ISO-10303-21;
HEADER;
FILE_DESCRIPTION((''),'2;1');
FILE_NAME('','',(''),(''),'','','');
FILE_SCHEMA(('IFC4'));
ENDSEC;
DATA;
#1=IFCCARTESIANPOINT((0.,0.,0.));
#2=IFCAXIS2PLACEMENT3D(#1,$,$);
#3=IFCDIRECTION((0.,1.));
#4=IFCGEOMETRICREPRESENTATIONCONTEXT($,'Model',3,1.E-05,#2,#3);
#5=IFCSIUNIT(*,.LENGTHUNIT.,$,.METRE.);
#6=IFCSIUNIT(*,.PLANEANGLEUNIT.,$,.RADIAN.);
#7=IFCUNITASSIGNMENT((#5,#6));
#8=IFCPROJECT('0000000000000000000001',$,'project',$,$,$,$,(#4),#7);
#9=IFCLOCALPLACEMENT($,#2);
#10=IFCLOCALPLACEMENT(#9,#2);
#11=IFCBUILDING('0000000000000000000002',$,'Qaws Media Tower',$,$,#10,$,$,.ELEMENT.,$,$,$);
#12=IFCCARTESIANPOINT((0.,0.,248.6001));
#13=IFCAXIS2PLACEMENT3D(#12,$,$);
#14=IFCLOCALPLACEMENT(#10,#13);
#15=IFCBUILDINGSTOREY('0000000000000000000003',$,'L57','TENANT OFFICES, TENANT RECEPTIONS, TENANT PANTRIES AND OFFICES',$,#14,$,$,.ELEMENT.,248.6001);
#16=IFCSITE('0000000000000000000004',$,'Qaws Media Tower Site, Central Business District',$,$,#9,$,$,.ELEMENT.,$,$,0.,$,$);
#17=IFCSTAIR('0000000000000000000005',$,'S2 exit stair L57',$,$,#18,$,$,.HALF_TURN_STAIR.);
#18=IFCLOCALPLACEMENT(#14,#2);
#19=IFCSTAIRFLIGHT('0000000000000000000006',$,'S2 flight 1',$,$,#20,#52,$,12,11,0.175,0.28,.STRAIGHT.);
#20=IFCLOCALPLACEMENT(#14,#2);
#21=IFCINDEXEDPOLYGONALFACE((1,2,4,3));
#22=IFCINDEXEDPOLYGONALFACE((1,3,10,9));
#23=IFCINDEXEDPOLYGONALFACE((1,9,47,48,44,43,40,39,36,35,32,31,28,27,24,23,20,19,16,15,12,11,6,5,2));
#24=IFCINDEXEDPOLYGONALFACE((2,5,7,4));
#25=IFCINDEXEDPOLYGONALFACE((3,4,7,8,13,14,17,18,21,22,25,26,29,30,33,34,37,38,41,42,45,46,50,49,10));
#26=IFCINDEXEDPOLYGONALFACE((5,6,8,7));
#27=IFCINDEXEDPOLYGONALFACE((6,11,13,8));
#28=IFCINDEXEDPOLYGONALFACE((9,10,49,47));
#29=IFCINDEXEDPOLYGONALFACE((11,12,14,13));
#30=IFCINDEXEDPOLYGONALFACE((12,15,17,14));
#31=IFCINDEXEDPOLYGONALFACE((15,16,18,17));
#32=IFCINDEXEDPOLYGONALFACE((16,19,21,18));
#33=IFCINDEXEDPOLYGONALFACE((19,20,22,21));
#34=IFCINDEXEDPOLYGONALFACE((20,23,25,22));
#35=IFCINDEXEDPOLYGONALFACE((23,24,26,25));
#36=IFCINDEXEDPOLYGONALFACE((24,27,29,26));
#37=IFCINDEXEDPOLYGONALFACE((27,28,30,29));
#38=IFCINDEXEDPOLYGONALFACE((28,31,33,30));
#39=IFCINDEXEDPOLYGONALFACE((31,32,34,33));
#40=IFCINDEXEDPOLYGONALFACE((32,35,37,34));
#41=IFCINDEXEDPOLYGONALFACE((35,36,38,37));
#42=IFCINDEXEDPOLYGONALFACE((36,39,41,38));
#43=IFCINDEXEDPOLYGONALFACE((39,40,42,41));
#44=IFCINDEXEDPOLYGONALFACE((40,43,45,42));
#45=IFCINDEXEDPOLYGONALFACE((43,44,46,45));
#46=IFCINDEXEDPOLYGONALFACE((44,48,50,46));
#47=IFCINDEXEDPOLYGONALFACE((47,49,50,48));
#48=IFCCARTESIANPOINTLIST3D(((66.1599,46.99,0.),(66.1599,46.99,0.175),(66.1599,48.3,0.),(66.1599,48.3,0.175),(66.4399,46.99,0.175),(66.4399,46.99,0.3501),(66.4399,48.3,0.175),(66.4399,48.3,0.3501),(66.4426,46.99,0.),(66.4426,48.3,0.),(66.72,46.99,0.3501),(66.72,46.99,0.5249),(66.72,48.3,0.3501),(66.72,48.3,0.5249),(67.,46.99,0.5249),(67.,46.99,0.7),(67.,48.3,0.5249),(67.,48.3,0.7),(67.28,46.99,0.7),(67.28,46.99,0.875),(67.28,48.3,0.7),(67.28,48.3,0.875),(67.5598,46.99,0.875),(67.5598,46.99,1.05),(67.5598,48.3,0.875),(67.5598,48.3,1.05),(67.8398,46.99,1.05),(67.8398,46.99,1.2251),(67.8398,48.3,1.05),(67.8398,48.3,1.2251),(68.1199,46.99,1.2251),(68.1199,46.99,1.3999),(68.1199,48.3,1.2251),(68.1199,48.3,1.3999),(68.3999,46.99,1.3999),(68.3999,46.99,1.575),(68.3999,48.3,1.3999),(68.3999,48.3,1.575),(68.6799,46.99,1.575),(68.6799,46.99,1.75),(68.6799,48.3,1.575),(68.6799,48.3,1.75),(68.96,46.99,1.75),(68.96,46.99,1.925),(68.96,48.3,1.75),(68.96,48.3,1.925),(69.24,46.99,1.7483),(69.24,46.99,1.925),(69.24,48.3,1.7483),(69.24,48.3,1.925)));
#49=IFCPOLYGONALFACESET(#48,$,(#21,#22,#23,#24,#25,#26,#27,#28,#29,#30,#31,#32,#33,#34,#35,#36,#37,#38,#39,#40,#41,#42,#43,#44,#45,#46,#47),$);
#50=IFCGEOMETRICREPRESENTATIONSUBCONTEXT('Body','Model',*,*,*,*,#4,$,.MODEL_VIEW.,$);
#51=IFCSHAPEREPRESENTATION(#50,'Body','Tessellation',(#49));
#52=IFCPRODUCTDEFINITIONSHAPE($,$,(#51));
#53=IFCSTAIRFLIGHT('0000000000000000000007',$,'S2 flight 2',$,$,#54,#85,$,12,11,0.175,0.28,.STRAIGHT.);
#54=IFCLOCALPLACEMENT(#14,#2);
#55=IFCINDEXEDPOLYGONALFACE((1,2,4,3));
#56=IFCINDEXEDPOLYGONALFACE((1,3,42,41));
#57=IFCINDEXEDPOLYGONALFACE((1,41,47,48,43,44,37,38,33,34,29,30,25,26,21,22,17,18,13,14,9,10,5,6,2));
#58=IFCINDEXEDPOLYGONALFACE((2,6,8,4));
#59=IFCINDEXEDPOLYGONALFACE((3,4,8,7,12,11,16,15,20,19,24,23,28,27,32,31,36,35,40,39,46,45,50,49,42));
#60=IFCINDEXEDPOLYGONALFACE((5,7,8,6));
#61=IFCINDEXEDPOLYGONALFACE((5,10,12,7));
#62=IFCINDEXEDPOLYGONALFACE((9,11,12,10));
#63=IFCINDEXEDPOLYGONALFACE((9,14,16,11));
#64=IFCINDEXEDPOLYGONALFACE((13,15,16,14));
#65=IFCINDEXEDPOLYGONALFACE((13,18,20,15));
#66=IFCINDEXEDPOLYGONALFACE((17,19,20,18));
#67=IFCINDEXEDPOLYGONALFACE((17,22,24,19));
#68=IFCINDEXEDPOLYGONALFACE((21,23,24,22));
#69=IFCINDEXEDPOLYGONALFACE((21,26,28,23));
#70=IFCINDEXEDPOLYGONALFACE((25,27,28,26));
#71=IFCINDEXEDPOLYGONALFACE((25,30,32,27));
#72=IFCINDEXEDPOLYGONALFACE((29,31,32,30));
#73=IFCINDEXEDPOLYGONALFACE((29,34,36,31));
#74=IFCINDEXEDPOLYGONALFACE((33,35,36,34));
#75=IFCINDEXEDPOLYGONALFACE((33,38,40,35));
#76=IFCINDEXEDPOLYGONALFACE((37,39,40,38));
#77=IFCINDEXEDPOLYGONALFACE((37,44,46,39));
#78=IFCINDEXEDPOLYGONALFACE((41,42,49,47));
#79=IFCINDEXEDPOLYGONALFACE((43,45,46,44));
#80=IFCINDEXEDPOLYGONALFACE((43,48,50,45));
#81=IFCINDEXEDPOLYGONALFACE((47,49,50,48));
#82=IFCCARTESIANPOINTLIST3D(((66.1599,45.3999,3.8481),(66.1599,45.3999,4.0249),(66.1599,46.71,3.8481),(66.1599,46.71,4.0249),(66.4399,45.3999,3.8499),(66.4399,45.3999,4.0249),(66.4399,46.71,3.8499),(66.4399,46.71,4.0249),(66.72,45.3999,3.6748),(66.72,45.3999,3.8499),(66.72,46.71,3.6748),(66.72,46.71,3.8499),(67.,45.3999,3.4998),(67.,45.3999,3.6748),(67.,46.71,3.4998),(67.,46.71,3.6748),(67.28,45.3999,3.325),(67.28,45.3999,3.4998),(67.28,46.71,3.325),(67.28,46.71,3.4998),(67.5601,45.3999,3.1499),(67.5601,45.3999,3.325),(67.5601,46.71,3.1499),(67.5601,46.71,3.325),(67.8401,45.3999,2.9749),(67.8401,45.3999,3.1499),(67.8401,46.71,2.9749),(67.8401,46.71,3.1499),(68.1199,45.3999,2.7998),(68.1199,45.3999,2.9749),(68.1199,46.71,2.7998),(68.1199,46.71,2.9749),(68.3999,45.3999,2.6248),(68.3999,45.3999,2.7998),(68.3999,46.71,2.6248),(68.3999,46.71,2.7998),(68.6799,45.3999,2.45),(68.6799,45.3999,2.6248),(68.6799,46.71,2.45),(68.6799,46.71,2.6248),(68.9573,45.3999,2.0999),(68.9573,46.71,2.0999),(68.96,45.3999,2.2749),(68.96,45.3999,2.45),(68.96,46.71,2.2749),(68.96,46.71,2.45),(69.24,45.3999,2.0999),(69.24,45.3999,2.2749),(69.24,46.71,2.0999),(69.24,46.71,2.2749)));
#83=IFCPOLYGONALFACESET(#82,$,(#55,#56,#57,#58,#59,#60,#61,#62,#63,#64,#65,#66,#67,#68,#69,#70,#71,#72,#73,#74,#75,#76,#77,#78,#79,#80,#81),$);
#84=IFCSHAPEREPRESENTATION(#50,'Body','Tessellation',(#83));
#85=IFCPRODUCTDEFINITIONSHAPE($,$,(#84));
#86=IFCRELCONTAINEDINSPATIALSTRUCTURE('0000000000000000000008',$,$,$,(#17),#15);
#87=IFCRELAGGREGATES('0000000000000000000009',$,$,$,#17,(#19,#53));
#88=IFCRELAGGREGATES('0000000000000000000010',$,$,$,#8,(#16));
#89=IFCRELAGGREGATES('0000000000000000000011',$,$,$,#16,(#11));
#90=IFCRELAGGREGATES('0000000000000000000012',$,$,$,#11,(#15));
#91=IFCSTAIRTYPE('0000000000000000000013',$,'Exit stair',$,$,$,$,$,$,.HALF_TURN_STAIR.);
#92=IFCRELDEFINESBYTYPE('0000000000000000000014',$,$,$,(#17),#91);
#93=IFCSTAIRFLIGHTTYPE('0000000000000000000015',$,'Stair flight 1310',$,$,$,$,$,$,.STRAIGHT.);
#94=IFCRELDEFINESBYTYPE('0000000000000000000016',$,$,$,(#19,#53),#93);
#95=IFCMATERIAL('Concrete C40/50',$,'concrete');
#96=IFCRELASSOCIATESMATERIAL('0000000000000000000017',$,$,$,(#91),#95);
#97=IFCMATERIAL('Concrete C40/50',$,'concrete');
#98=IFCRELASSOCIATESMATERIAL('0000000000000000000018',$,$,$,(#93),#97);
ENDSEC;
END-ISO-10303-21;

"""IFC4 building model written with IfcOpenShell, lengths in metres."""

from ifc_helpers import new_model, si_unit, direction, frame, origin, place, context, subcontext, project, spatial, polyline, outline, extrude, material, type_object, element, aggregate, save


model = new_model("IFC4")

# Units and contexts
model_context = context("Model", 3, precision=1e-05, world=origin(), true_north=direction((0.0, 1.0)))
body_context = subcontext(model_context, "Body", "Model", "MODEL_VIEW")
ifc_project = project(units=[si_unit("LENGTHUNIT", "METRE"), si_unit("PLANEANGLEUNIT", "RADIAN")], contexts=[model_context])

# Site, building, storey
site_placement = place(None, origin())
site = spatial("IfcSite", under=ifc_project, at=site_placement, Name="Qaws Media Tower Site, Central Business District", CompositionType="ELEMENT", RefElevation=0.0)
building_placement = place(site_placement, origin())
building = spatial("IfcBuilding", under=site, at=building_placement, Name="Qaws Media Tower", CompositionType="ELEMENT")
storey_placement = place(building_placement, frame((0.0, 0.0, 248.6001)))
storey = spatial("IfcBuildingStorey", under=building, at=storey_placement, Name="L57", Description="TENANT OFFICES, TENANT RECEPTIONS, TENANT PANTRIES AND OFFICES", CompositionType="ELEMENT", Elevation=248.6001)

# Stair, stair flights
ifc_material_1 = material(Name="Concrete C40/50", Category="concrete")
stair_type = type_object("IfcStairType", Name="Exit stair", PredefinedType="HALF_TURN_STAIR", material=ifc_material_1)
stair_placement = place(storey_placement, origin())
stair = element("IfcStair", 1, at=stair_placement, inside=storey, type_object=stair_type, Name="S2 exit stair L57", PredefinedType="HALF_TURN_STAIR")
ifc_material_2 = material(Name="Concrete C40/50", Category="concrete")
stair_flight_type = type_object("IfcStairFlightType", Name="Stair flight 1310", PredefinedType="STRAIGHT", material=ifc_material_2)
stair_flight_1_placement = place(storey_placement, frame((66.1599, 47.645, 0.0), z_axis=(0.0, 0.0, 1.0), x_axis=(1.0, 0.0, 0.0)))
stair_flight_1 = element("IfcStairFlight", 2, at=stair_flight_1_placement, type_object=stair_flight_type, Name="S2 flight 1", NumberOfRisers=12, NumberOfTreads=11, PredefinedType="STRAIGHT", RiserHeight=0.175, TreadLength=0.28, context=body_context, shape_type="SweptSolid", body=[
    extrude(outline(polyline([(0.0, 0.0), (0.0, 0.175), (0.28, 0.175), (0.28, 0.3501), (0.5601, 0.3501), (0.5601, 0.5249), (0.8401, 0.5249), (0.8401, 0.7), (1.1201, 0.7), (1.1201, 0.875), (1.3999, 0.875), (1.3999, 1.05), (1.6799, 1.05), (1.6799, 1.2251), (1.96, 1.2251), (1.96, 1.3999), (2.24, 1.3999), (2.24, 1.575), (2.52, 1.575), (2.52, 1.75), (2.8, 1.75), (2.8, 1.925), (3.0801, 1.925), (3.0801, 2.1001), (3.0801, 1.7483), (0.2827, 0.0), (0.0, 0.0)])), frame((0.0, 0.655, 0.0), z_axis=(0.0, -1.0, 0.0), x_axis=(1.0, 0.0, 0.0)), (0.0, 0.0, 1.0), 1.3101),
])
stair_flight_2_placement = place(storey_placement, frame((69.24, 46.0549, 2.0999), z_axis=(0.0, 0.0, 1.0), x_axis=(-1.0, 0.0, 0.0)))
stair_flight_2 = element("IfcStairFlight", 3, at=stair_flight_2_placement, type_object=stair_flight_type, Name="S2 flight 2", NumberOfRisers=12, NumberOfTreads=11, PredefinedType="STRAIGHT", RiserHeight=0.175, TreadLength=0.28, context=body_context, shape_type="SweptSolid", body=[
    extrude(outline(polyline([(0.0, 0.0), (0.0, 0.175), (0.28, 0.175), (0.28, 0.3501), (0.5601, 0.3501), (0.5601, 0.5249), (0.8401, 0.5249), (0.8401, 0.7), (1.1201, 0.7), (1.1201, 0.875), (1.3999, 0.875), (1.3999, 1.05), (1.6799, 1.05), (1.6799, 1.2251), (1.96, 1.2251), (1.96, 1.3999), (2.24, 1.3999), (2.24, 1.575), (2.52, 1.575), (2.52, 1.75), (2.8, 1.75), (2.8, 1.925), (3.0801, 1.925), (3.0801, 2.1001), (3.0801, 1.7483), (0.2827, 0.0), (0.0, 0.0)])), frame((0.0, 0.655, 0.0), z_axis=(0.0, -1.0, 0.0), x_axis=(1.0, 0.0, 0.0)), (0.0, 0.0, 1.0), 1.3101),
])
aggregate(stair, [stair_flight_1, stair_flight_2])

save(model, "model.ifc")
